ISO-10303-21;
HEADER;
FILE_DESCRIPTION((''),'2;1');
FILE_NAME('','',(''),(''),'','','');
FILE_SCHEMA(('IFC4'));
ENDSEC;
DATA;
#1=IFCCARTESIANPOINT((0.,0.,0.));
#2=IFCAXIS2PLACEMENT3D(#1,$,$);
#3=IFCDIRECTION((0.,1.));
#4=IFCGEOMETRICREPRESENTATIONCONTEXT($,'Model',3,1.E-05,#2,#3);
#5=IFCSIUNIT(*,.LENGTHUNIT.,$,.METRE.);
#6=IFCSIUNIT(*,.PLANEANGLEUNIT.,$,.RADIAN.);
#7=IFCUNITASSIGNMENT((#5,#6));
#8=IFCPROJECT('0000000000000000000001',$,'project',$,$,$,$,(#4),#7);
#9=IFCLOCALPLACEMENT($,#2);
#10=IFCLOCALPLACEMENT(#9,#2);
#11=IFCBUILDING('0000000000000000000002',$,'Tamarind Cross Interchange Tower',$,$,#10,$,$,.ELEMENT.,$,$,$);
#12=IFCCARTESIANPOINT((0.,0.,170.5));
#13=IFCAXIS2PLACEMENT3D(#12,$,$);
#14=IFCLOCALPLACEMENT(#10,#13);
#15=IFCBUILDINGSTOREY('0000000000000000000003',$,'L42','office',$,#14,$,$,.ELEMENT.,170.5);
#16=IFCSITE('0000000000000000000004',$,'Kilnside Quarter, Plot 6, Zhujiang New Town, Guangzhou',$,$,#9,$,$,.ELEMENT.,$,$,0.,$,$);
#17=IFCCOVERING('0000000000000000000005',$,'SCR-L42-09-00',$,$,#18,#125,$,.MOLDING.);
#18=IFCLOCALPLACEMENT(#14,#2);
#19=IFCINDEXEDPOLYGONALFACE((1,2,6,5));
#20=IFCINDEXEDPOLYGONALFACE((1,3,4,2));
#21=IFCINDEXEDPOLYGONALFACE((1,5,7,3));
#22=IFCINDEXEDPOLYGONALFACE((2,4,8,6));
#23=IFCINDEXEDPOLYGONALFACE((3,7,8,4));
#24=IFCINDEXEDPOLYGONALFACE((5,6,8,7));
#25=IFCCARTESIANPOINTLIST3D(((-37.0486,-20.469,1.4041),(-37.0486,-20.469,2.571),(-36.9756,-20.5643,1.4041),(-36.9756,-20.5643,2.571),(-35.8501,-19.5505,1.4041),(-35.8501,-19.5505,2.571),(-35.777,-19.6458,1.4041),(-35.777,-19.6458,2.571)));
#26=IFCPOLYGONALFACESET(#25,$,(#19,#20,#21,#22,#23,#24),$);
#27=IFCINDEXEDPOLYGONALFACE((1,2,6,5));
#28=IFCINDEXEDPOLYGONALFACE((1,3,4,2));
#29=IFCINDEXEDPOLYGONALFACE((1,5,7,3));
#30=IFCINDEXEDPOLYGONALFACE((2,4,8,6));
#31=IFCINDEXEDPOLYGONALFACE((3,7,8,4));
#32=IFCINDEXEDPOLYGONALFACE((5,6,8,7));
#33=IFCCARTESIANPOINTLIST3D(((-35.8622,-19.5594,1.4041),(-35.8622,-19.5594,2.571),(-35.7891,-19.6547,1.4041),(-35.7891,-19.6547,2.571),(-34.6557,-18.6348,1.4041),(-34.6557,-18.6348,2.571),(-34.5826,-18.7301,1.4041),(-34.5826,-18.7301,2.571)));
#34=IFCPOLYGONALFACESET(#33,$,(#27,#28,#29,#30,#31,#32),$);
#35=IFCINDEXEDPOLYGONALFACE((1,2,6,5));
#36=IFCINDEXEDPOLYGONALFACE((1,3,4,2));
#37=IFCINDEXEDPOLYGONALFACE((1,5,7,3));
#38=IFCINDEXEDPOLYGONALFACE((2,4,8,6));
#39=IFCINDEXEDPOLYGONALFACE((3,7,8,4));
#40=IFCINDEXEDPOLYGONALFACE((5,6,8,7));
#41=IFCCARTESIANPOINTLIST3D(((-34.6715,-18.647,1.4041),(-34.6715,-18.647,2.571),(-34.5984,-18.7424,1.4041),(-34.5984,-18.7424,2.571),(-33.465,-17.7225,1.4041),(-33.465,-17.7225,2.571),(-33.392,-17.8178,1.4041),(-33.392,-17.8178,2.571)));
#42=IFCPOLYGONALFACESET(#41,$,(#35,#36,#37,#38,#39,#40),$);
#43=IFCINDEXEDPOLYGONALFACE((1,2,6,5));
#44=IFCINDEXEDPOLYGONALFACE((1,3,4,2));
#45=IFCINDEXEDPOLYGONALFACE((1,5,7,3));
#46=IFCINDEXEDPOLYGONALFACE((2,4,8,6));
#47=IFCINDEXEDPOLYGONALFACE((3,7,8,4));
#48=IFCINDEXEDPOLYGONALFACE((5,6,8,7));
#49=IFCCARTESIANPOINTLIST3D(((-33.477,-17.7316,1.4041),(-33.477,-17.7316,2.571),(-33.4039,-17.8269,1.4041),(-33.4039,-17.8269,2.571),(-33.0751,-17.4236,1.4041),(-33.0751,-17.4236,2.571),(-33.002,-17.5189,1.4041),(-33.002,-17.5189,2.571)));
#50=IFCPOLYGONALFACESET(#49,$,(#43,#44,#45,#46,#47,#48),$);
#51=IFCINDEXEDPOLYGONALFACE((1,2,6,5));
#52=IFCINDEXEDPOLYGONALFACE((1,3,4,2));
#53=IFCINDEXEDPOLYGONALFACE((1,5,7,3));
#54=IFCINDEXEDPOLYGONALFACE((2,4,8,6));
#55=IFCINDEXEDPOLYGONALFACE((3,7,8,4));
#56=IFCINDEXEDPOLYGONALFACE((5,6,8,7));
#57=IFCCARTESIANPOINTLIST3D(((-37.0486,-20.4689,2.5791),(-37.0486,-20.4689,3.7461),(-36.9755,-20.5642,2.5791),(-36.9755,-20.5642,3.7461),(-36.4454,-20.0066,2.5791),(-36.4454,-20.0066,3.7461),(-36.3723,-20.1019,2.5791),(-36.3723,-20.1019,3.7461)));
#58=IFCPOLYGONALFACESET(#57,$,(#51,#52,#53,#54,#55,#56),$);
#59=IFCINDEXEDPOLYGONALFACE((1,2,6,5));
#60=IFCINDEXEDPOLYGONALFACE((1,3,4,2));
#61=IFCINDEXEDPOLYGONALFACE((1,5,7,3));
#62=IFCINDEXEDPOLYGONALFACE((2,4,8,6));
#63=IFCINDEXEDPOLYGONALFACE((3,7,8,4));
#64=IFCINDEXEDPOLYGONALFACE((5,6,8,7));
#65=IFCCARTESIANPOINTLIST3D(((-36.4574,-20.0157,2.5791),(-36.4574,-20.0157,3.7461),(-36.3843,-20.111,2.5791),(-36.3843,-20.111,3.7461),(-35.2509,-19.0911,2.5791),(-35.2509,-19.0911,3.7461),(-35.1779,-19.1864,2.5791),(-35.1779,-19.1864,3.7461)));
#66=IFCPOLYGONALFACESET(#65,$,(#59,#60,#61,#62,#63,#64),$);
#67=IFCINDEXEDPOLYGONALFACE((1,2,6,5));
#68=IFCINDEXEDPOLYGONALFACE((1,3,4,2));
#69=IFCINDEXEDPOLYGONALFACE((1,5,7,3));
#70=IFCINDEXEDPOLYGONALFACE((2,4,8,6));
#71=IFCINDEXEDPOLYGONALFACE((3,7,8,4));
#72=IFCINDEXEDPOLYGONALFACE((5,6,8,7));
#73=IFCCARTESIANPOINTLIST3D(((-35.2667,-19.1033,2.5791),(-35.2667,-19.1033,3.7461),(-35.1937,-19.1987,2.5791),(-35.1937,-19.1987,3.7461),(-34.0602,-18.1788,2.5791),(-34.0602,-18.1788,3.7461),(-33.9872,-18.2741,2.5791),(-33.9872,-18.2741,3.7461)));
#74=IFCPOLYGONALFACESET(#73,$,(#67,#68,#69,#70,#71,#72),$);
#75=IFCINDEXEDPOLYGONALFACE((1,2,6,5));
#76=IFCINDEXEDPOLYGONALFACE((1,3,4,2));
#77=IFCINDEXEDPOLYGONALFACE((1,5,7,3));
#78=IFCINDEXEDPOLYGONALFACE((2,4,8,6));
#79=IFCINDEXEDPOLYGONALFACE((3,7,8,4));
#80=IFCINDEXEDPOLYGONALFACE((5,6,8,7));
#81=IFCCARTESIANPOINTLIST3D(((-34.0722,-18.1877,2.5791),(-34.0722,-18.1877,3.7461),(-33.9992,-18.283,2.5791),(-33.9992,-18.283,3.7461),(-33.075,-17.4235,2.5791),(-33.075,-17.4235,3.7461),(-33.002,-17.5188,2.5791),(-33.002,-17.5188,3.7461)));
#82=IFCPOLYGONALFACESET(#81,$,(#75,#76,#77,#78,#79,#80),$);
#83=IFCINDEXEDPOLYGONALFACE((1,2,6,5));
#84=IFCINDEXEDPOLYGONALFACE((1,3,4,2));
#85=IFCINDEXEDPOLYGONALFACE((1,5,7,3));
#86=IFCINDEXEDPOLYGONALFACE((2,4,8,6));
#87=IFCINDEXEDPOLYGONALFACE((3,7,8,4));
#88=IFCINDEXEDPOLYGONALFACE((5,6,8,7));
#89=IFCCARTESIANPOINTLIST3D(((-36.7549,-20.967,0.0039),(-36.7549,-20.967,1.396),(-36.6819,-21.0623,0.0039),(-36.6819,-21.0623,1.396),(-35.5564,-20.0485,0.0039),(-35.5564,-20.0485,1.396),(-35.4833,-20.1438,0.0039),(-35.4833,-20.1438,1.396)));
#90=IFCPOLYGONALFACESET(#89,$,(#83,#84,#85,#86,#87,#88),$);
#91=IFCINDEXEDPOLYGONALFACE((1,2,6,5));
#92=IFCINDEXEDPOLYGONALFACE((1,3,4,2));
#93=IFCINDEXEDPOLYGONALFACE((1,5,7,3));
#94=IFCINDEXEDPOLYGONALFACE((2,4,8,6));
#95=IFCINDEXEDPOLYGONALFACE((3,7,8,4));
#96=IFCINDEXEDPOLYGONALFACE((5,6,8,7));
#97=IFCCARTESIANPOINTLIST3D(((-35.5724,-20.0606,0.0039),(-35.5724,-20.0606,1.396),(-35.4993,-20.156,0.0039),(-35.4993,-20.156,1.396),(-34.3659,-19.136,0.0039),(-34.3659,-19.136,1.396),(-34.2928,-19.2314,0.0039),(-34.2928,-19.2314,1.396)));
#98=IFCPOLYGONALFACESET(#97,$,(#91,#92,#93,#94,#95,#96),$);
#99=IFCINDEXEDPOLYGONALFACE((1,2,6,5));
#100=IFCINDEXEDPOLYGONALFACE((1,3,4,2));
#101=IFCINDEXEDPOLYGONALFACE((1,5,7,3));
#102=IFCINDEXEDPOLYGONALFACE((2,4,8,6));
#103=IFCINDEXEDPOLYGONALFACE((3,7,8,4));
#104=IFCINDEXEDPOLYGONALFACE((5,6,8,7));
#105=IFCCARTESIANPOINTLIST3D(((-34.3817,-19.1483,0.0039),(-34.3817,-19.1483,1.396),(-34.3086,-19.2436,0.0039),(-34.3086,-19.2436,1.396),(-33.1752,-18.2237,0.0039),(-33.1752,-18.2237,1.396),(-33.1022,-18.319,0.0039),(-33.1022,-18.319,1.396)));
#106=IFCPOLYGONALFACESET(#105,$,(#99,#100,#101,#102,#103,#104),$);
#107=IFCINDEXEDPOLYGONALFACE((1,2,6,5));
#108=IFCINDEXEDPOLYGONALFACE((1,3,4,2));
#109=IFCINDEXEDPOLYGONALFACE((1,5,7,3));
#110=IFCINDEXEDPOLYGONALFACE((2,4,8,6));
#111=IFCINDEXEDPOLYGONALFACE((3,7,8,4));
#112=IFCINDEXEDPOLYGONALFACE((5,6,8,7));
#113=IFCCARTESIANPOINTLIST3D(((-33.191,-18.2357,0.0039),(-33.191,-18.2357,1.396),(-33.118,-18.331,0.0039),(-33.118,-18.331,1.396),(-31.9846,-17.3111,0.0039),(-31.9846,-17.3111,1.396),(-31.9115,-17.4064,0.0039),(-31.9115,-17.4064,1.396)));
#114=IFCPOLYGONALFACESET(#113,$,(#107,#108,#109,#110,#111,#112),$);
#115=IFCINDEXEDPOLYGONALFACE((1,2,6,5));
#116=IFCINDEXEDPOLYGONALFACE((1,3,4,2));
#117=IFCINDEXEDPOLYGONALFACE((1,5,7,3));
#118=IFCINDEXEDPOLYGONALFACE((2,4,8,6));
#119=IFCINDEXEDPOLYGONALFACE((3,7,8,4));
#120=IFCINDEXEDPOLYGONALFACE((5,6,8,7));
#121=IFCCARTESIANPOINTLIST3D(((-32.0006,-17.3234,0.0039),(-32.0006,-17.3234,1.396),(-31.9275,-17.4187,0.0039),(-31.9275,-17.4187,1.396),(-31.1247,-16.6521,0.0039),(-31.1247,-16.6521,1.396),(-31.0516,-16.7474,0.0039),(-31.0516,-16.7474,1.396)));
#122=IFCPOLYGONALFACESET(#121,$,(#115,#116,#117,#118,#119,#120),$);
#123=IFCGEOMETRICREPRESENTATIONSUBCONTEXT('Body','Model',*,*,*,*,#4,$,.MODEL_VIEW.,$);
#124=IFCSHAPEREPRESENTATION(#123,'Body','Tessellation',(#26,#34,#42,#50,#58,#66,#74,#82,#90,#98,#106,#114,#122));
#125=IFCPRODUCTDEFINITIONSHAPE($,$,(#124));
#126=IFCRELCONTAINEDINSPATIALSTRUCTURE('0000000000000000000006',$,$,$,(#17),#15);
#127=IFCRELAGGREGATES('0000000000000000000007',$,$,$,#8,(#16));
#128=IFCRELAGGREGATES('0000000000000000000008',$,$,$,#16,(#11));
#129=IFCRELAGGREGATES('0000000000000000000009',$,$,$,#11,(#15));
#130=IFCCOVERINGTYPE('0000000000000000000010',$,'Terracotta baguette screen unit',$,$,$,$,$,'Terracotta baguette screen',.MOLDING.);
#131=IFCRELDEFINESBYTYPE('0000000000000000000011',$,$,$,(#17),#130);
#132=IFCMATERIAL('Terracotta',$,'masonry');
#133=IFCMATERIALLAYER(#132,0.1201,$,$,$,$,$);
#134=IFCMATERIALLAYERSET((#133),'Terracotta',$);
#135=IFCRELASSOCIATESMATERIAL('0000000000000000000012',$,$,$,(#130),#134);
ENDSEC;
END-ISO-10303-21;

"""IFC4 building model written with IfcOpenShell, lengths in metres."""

from ifc_helpers import new_model, si_unit, direction, frame, origin, origin_2d, place, context, subcontext, project, spatial, rectangle, extrude, material, layer, layer_set, type_object, element, save


model = new_model("IFC4")

# Units and contexts
model_context = context("Model", 3, precision=1e-05, world=origin(), true_north=direction((0.0, 1.0)))
body_context = subcontext(model_context, "Body", "Model", "MODEL_VIEW")
ifc_project = project(units=[si_unit("LENGTHUNIT", "METRE"), si_unit("PLANEANGLEUNIT", "RADIAN")], contexts=[model_context])

# Site, building, storey
site_placement = place(None, origin())
site = spatial("IfcSite", under=ifc_project, at=site_placement, Name="Kilnside Quarter, Plot 6, Zhujiang New Town, Guangzhou", CompositionType="ELEMENT", RefElevation=0.0)
building_placement = place(site_placement, origin())
building = spatial("IfcBuilding", under=site, at=building_placement, Name="Tamarind Cross Interchange Tower", CompositionType="ELEMENT")
storey_placement = place(building_placement, frame((0.0, 0.0, 170.5)))
storey = spatial("IfcBuildingStorey", under=building, at=storey_placement, Name="L42", Description="office", CompositionType="ELEMENT", Elevation=170.5)

# Covering
ifc_material_1 = material(Name="Terracotta", Category="masonry")
ifc_layer_1 = layer(ifc_material_1, 0.1201)
ifc_layer_set_1 = layer_set([ifc_layer_1], Name="Terracotta")
covering_type = type_object("IfcCoveringType", Name="Terracotta baguette screen unit", ElementType="Terracotta baguette screen", PredefinedType="MOLDING", material=ifc_layer_set_1)
covering_1_placement = place(storey_placement, origin())
element("IfcCovering", 1, at=covering_1_placement, inside=storey, type_object=covering_type, Name="SCR-L42-09-00", PredefinedType="MOLDING", context=body_context, shape_type="SweptSolid", body=[
    extrude(rectangle(XDim=1.51, YDim=0.1201, at=origin_2d()), frame((-36.4128, -20.0574, 1.4041), z_axis=(0.0, 0.0, 1.0), x_axis=(0.793725, 0.608277, 0.0)), (0.0, 0.0, 1.0), 1.167),
    extrude(rectangle(XDim=1.52, YDim=0.1201, at=origin_2d()), frame((-35.2224, -19.1448, 1.4041), z_axis=(0.0, 0.0, 1.0), x_axis=(0.793725, 0.608277, 0.0)), (0.0, 0.0, 1.0), 1.167),
    extrude(rectangle(XDim=1.52, YDim=0.1201, at=origin_2d()), frame((-34.0317, -18.2324, 1.4041), z_axis=(0.0, 0.0, 1.0), x_axis=(0.793725, 0.608277, 0.0)), (0.0, 0.0, 1.0), 1.167),
    extrude(rectangle(XDim=0.5063, YDim=0.1201, at=origin_2d()), frame((-33.2395, -17.6252, 1.4041), z_axis=(0.0, 0.0, 1.0), x_axis=(0.793725, 0.608277, 0.0)), (0.0, 0.0, 1.0), 1.167),
    extrude(rectangle(XDim=0.76, YDim=0.1201, at=origin_2d()), frame((-36.7104, -20.2854, 2.5791), z_axis=(0.0, 0.0, 1.0), x_axis=(0.793725, 0.608277, 0.0)), (0.0, 0.0, 1.0), 1.167),
    extrude(rectangle(XDim=1.52, YDim=0.1201, at=origin_2d()), frame((-35.8176, -19.6011, 2.5791), z_axis=(0.0, 0.0, 1.0), x_axis=(0.793725, 0.608277, 0.0)), (0.0, 0.0, 1.0), 1.167),
    extrude(rectangle(XDim=1.52, YDim=0.1201, at=origin_2d()), frame((-34.627, -18.6887, 2.5791), z_axis=(0.0, 0.0, 1.0), x_axis=(0.793725, 0.608277, 0.0)), (0.0, 0.0, 1.0), 1.167),
    extrude(rectangle(XDim=1.2563, YDim=0.1201, at=origin_2d()), frame((-33.5371, -17.8533, 2.5791), z_axis=(0.0, 0.0, 1.0), x_axis=(0.793725, 0.608277, 0.0)), (0.0, 0.0, 1.0), 1.167),
    extrude(rectangle(XDim=1.51, YDim=0.1201, at=origin_2d()), frame((-36.1191, -20.5554, 0.0039), z_axis=(0.0, 0.0, 1.0), x_axis=(0.793725, 0.608277, 0.0)), (0.0, 0.0, 1.0), 1.3921),
    extrude(rectangle(XDim=1.52, YDim=0.1201, at=origin_2d()), frame((-34.9326, -19.646, 0.0039), z_axis=(0.0, 0.0, 1.0), x_axis=(0.793725, 0.608277, 0.0)), (0.0, 0.0, 1.0), 1.3921),
    extrude(rectangle(XDim=1.52, YDim=0.1201, at=origin_2d()), frame((-33.7419, -18.7336, 0.0039), z_axis=(0.0, 0.0, 1.0), x_axis=(0.793725, 0.608277, 0.0)), (0.0, 0.0, 1.0), 1.3921),
    extrude(rectangle(XDim=1.52, YDim=0.1201, at=origin_2d()), frame((-32.5513, -17.821, 0.0039), z_axis=(0.0, 0.0, 1.0), x_axis=(0.793725, 0.608277, 0.0)), (0.0, 0.0, 1.0), 1.3921),
    extrude(rectangle(XDim=1.1035, YDim=0.1201, at=origin_2d()), frame((-31.5261, -17.0354, 0.0039), z_axis=(0.0, 0.0, 1.0), x_axis=(0.793725, 0.608277, 0.0)), (0.0, 0.0, 1.0), 1.3921),
])

save(model, "model.ifc")
